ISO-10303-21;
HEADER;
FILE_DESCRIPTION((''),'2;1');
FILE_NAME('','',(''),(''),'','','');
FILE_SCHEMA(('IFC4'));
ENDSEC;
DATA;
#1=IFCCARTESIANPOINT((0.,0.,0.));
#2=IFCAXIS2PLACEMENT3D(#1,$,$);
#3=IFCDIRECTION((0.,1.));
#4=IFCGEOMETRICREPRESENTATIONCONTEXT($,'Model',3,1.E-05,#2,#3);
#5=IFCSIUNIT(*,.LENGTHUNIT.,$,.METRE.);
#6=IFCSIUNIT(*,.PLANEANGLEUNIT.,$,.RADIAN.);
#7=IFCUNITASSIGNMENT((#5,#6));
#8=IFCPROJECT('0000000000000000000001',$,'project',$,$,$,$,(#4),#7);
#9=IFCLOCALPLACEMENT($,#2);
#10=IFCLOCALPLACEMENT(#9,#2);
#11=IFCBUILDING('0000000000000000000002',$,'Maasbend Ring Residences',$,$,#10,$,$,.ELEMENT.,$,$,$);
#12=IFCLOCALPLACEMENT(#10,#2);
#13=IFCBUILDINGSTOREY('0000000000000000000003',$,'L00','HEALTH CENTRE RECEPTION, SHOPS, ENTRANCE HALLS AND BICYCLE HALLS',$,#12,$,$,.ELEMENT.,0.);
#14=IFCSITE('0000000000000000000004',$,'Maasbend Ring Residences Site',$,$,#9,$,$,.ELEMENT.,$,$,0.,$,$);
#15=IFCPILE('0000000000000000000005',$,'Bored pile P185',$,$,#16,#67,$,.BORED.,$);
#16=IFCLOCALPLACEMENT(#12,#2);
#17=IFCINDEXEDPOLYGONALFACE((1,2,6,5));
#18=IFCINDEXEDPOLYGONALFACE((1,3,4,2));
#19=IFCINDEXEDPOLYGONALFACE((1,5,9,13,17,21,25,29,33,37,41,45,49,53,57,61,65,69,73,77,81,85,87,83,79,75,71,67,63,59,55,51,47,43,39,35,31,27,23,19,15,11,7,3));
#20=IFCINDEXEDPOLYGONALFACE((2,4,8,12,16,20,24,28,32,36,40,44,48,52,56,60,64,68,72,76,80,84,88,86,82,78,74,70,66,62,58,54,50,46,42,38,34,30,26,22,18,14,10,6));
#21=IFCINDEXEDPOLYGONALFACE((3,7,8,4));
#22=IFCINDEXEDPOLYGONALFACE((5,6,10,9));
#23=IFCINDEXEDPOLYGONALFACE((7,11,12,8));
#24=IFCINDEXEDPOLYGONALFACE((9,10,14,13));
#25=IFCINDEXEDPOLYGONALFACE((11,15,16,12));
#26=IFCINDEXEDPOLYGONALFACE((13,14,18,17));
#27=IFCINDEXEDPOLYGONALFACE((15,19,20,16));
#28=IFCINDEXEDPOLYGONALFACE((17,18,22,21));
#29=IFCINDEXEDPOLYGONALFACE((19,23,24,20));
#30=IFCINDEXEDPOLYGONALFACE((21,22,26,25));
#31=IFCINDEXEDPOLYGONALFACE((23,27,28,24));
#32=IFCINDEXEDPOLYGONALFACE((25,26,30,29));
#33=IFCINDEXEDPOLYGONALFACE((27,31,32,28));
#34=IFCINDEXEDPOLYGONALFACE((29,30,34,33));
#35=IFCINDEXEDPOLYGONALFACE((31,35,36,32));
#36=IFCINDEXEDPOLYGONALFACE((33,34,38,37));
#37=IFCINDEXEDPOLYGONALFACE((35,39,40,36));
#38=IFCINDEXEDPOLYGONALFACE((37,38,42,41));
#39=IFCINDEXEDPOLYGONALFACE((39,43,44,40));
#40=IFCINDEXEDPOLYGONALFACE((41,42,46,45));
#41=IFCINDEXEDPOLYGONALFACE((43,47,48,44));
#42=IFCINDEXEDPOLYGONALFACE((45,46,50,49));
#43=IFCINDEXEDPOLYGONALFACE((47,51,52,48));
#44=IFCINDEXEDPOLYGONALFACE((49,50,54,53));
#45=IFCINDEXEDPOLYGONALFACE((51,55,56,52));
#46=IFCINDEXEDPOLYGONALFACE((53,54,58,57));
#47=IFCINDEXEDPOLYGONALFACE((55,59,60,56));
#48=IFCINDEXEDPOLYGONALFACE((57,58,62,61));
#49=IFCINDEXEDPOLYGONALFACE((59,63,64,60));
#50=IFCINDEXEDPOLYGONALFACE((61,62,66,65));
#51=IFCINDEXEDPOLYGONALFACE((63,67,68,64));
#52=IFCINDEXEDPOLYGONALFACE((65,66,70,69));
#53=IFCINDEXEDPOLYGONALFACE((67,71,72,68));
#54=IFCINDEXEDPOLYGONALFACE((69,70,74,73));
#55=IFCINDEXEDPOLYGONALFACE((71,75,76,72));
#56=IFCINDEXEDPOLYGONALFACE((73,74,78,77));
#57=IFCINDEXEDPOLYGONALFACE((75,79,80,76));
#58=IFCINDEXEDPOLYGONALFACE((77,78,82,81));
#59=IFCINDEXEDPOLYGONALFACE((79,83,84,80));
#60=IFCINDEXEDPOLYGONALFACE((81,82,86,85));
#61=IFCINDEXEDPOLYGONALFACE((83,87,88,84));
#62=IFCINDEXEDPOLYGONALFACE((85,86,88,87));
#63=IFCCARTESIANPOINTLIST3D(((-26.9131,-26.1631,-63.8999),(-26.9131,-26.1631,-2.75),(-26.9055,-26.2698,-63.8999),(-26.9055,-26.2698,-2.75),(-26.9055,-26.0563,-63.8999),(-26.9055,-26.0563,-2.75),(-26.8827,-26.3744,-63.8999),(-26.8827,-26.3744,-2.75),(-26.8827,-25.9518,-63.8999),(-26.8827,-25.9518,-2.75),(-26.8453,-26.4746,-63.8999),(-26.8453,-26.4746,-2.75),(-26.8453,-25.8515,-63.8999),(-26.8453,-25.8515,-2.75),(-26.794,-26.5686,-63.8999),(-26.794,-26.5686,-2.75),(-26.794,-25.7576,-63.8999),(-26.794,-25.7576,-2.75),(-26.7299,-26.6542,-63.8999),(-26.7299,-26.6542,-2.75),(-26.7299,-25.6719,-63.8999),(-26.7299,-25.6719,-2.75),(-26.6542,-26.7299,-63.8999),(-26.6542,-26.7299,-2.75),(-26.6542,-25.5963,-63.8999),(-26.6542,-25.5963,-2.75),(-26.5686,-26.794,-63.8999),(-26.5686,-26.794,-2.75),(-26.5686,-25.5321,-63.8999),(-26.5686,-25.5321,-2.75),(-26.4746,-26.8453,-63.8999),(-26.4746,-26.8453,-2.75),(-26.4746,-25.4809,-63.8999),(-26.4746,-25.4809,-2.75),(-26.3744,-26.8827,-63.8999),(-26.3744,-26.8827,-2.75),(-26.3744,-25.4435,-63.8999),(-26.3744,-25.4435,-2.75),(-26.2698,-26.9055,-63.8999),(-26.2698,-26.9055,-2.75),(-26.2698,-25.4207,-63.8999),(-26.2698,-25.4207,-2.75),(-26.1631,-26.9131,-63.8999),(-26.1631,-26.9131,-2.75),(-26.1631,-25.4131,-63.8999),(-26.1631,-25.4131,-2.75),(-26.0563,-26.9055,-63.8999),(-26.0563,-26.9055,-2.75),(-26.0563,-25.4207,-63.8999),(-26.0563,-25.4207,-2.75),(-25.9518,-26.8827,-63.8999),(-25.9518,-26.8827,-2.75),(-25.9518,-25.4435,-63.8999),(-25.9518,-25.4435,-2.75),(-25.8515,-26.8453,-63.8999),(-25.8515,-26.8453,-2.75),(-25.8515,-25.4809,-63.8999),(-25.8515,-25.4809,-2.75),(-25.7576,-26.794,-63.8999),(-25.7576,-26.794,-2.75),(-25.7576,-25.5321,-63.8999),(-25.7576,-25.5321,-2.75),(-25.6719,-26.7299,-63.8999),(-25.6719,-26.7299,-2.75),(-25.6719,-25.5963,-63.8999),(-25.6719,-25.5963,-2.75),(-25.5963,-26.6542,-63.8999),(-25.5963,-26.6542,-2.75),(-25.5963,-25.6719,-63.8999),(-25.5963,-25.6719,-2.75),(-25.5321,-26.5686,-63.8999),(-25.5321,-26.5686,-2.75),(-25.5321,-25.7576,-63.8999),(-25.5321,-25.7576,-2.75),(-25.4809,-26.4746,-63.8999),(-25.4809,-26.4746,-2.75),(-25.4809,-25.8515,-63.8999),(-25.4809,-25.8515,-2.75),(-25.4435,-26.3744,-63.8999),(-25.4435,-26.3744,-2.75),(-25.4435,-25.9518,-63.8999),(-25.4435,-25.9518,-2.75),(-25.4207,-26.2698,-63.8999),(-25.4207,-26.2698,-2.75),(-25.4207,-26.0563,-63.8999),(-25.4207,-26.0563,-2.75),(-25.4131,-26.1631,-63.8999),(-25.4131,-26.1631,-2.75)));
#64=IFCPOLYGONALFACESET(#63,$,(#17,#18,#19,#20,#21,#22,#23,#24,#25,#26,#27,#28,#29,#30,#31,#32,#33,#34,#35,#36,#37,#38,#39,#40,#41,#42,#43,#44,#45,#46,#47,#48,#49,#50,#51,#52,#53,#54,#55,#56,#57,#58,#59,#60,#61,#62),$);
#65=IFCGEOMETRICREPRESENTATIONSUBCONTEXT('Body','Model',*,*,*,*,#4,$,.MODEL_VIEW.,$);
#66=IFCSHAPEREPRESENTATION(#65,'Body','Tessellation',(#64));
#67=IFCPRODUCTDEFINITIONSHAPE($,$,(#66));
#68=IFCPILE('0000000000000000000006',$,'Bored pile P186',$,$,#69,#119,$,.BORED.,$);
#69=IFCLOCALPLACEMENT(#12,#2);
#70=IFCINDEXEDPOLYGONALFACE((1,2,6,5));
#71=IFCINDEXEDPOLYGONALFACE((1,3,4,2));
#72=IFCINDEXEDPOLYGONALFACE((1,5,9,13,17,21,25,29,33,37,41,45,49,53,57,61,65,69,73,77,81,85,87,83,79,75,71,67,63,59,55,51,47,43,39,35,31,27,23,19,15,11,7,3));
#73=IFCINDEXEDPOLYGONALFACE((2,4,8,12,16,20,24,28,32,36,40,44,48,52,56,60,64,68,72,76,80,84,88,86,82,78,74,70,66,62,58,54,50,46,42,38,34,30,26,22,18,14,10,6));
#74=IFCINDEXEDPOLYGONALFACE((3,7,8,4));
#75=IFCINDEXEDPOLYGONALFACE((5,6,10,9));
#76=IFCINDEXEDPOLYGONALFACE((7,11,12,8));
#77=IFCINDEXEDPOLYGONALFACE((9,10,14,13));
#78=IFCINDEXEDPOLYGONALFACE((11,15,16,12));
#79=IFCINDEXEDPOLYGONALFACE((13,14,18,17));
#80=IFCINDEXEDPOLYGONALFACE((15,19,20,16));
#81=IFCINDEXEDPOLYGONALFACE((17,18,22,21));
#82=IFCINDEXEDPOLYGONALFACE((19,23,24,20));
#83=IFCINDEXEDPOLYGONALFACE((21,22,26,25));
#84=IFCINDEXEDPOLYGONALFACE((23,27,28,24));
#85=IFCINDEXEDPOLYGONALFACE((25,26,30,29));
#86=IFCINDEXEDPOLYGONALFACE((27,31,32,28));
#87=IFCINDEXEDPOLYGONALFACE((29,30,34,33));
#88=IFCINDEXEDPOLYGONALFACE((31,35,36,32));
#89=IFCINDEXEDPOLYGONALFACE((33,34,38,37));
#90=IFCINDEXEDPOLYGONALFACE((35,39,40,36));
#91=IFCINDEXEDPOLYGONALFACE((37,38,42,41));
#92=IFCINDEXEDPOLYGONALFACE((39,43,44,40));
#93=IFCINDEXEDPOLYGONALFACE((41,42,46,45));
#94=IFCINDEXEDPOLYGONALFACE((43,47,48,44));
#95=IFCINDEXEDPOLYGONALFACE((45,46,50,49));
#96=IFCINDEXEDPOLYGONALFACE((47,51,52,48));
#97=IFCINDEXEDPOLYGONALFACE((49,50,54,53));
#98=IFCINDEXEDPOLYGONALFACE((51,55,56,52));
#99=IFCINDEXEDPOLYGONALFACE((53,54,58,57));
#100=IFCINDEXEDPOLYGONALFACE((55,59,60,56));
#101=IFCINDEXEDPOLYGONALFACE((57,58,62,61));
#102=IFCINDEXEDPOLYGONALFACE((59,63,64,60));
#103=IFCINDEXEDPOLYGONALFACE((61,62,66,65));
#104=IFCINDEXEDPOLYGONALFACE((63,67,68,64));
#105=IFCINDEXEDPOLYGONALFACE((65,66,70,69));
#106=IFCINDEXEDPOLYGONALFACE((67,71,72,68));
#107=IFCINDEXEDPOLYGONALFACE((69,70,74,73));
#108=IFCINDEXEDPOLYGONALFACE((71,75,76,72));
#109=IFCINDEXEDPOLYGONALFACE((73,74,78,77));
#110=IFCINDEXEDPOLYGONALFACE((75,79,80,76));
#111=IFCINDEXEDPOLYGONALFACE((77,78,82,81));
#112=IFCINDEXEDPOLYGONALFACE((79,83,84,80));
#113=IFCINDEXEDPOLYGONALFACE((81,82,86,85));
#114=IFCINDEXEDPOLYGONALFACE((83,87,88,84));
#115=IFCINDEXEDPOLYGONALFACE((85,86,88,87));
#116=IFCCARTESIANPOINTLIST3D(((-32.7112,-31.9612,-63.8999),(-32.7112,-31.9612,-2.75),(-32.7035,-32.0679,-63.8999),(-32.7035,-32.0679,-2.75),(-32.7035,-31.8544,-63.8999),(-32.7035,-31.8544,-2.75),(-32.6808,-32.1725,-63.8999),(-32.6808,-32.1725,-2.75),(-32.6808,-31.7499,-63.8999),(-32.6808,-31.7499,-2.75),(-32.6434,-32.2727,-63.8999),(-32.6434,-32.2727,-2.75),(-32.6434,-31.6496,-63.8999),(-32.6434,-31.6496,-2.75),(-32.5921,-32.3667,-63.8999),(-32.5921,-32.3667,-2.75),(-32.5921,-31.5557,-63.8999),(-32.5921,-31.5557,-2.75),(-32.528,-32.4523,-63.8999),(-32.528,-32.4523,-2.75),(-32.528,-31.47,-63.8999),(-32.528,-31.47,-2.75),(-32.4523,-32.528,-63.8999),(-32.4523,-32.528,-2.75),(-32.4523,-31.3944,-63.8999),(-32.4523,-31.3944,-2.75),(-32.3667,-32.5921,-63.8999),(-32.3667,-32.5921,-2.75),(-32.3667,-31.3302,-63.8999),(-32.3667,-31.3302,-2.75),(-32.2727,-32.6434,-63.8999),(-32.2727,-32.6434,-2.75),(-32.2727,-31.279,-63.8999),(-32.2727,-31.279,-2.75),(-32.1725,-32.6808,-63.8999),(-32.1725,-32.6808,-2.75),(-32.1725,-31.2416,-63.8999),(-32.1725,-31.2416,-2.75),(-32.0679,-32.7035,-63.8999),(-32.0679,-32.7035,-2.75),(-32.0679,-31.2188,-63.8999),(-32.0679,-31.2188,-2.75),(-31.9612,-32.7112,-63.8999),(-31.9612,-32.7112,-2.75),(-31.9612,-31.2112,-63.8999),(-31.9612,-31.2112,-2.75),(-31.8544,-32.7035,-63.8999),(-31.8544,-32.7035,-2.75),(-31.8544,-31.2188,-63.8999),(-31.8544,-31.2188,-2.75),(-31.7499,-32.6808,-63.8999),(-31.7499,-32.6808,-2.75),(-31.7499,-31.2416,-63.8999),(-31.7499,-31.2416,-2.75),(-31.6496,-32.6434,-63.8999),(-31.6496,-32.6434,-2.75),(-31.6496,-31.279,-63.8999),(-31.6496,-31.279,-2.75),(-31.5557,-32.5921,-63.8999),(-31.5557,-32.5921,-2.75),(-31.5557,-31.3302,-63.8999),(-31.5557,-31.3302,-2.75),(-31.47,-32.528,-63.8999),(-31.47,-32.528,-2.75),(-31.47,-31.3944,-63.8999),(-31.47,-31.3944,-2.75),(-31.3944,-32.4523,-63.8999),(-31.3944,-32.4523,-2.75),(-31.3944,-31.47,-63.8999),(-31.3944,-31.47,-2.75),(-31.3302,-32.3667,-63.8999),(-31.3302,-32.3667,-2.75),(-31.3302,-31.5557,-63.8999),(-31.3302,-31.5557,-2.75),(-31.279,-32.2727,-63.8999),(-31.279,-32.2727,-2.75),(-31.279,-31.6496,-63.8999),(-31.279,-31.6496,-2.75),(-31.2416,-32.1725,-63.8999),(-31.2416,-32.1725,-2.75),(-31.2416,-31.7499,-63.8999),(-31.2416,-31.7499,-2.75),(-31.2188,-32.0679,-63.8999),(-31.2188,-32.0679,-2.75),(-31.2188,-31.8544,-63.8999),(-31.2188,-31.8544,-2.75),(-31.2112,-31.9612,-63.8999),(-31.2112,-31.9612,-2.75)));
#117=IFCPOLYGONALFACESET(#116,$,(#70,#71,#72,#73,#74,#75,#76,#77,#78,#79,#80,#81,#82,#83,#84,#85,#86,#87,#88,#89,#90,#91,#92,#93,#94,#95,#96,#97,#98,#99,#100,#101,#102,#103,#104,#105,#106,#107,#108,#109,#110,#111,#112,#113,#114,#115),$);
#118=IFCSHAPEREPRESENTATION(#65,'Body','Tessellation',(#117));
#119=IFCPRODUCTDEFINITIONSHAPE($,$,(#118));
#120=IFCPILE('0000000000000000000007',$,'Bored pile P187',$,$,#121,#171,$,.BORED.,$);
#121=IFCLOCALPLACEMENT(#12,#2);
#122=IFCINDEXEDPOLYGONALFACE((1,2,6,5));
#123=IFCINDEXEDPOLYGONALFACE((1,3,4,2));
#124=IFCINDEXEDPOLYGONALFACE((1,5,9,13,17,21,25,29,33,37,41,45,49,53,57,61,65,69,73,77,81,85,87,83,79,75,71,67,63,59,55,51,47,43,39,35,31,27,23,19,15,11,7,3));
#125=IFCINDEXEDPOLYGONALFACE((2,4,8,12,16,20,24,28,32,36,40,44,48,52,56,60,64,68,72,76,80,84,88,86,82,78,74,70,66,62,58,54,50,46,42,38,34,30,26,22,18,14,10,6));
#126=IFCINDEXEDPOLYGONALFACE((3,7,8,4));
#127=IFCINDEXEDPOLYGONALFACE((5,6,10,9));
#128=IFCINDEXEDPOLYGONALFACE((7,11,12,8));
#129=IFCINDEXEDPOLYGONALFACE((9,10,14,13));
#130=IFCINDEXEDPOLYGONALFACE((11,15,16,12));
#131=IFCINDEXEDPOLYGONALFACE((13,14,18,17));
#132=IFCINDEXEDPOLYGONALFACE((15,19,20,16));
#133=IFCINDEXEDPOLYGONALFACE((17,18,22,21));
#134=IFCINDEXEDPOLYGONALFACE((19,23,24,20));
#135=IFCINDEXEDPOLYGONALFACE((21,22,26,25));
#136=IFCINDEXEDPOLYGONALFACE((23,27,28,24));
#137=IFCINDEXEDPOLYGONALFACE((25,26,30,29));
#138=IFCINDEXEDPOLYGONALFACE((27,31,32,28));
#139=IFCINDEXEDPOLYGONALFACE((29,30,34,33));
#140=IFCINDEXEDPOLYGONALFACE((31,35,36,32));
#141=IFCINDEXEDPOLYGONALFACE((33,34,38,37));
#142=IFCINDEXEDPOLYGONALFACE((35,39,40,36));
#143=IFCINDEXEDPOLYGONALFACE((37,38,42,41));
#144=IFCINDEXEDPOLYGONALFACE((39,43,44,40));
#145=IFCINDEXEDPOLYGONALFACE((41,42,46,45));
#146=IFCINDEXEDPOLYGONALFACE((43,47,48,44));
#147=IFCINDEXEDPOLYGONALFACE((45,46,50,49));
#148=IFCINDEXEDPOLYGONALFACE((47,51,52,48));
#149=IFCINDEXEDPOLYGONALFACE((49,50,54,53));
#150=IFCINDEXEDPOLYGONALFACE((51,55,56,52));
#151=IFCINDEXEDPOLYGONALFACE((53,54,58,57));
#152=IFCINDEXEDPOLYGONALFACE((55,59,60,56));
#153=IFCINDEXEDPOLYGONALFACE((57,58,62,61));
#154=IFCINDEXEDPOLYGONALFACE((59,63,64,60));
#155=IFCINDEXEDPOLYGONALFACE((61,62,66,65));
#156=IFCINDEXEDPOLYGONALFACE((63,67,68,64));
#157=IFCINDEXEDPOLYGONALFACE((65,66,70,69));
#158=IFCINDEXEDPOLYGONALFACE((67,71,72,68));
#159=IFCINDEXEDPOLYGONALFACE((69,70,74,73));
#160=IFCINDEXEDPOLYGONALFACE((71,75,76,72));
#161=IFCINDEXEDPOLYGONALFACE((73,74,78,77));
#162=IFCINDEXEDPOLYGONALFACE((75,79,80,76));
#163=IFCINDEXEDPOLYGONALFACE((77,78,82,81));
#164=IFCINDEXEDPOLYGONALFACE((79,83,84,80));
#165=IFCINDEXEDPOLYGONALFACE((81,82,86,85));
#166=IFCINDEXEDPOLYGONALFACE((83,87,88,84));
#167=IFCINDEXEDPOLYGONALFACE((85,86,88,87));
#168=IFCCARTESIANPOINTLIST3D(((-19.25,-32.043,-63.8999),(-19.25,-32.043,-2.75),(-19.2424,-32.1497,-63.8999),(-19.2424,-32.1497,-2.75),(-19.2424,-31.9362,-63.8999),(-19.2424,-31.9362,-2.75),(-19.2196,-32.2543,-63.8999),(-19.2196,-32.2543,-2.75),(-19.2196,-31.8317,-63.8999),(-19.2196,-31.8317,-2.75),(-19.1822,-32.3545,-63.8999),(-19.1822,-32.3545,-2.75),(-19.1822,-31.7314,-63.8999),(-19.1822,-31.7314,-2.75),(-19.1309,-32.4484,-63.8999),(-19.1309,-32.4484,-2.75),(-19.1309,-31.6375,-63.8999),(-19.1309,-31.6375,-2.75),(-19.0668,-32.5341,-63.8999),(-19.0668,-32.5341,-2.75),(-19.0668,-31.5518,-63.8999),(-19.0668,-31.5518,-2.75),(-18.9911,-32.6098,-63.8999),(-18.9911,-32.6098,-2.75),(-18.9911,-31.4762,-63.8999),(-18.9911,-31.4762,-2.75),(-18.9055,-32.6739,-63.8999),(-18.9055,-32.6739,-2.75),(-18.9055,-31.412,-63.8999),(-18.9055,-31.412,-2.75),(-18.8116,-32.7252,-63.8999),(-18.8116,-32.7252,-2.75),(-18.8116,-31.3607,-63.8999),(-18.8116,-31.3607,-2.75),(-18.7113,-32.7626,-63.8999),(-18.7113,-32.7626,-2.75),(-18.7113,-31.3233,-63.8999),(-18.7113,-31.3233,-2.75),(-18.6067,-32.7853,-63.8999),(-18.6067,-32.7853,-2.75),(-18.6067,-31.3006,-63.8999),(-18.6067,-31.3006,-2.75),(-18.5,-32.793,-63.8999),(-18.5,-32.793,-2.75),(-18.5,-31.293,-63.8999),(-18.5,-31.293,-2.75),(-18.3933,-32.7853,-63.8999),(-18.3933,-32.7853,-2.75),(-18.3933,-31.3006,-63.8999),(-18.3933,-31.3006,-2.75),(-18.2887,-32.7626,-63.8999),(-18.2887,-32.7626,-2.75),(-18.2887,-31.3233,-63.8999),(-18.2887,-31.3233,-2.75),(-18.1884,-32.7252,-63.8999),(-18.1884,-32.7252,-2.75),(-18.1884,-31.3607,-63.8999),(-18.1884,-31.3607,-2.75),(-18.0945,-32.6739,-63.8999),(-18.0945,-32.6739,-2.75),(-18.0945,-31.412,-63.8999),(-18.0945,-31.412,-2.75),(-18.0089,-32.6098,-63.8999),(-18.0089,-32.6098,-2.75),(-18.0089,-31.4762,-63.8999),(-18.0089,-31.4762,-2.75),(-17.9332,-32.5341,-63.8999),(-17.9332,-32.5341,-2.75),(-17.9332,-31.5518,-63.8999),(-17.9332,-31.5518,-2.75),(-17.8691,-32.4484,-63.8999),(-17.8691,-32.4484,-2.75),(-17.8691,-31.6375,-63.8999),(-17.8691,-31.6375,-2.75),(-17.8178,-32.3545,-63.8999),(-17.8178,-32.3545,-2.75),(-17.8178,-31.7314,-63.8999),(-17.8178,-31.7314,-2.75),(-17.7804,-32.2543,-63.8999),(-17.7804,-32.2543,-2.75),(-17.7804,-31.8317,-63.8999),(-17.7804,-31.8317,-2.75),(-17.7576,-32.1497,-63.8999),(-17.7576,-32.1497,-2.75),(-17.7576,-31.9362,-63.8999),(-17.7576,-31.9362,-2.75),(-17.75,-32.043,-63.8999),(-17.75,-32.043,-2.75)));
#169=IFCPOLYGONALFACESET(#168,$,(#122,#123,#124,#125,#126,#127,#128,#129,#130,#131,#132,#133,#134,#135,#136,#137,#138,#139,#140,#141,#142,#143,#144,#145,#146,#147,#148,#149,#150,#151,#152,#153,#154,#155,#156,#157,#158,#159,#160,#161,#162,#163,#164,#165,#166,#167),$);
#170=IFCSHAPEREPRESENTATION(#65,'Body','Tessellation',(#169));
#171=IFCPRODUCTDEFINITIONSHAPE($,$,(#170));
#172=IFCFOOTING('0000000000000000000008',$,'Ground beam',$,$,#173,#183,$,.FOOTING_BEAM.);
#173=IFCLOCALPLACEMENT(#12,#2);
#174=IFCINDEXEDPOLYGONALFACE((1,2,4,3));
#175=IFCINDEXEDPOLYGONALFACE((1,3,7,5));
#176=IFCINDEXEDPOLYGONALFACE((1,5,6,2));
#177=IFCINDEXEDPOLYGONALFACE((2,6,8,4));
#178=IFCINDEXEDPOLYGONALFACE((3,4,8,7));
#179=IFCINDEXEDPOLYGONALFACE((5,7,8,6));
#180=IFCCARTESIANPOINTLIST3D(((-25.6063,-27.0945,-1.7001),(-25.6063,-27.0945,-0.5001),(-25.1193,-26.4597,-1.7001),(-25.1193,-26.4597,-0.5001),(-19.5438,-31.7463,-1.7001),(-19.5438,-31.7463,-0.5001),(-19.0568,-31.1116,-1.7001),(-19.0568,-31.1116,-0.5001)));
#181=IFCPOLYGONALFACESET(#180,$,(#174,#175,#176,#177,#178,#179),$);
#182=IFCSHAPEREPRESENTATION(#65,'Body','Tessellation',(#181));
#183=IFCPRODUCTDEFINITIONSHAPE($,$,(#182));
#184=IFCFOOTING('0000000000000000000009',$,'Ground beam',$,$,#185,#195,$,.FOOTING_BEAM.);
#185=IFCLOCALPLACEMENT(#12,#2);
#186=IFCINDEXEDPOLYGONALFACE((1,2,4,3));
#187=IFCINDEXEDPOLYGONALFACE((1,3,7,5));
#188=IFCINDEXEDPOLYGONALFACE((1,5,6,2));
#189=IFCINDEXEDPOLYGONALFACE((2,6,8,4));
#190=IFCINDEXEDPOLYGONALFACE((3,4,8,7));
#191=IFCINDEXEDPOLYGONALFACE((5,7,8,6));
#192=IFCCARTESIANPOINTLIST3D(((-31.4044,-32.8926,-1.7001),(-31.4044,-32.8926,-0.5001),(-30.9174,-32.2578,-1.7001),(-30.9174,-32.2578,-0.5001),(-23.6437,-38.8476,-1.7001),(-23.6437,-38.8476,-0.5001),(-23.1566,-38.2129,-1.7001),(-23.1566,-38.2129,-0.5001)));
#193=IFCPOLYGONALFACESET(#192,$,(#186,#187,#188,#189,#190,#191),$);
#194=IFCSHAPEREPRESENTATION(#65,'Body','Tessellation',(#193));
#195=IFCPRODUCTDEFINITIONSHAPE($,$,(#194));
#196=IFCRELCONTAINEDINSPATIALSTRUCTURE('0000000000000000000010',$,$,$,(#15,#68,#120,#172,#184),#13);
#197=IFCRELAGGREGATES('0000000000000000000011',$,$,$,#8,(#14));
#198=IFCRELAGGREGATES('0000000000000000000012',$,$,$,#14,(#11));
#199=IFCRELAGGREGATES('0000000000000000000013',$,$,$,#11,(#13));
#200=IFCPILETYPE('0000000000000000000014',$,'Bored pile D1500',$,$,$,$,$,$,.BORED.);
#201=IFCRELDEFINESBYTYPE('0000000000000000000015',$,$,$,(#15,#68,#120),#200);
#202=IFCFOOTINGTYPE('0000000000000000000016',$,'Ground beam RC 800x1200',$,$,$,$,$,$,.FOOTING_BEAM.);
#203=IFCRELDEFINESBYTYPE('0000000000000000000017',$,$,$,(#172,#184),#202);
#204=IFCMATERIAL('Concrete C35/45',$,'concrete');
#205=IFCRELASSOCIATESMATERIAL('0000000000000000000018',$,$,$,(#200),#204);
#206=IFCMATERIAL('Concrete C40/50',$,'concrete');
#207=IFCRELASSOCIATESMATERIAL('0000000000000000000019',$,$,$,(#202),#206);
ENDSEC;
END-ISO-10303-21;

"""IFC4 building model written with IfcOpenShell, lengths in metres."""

from ifc_helpers import new_model, si_unit, direction, frame, origin, origin_2d, place, context, subcontext, project, spatial, rectangle, circle, extrude, material, material_profile, profile_set, type_object, element, save


model = new_model("IFC4")

# Units and contexts
model_context = context("Model", 3, precision=1e-05, world=origin(), true_north=direction((0.0, 1.0)))
body_context = subcontext(model_context, "Body", "Model", "MODEL_VIEW")
ifc_project = project(units=[si_unit("LENGTHUNIT", "METRE"), si_unit("PLANEANGLEUNIT", "RADIAN")], contexts=[model_context])

# Site, building, storey
site_placement = place(None, origin())
site = spatial("IfcSite", under=ifc_project, at=site_placement, Name="Maasbend Ring Residences Site", CompositionType="ELEMENT", RefElevation=0.0)
building_placement = place(site_placement, origin())
building = spatial("IfcBuilding", under=site, at=building_placement, Name="Maasbend Ring Residences", CompositionType="ELEMENT")
storey_placement = place(building_placement, origin())
storey = spatial("IfcBuildingStorey", under=building, at=storey_placement, Name="L00", Description="HEALTH CENTRE RECEPTION, SHOPS, ENTRANCE HALLS AND BICYCLE HALLS", CompositionType="ELEMENT", Elevation=0.0)

# Piles
ifc_material_1 = material(Name="Concrete C35/45", Category="concrete")
ifc_material_profile_1 = material_profile(ifc_material_1, circle(Radius=0.75, at=origin_2d()), Name="Bored pile D1500")
ifc_profile_set_1 = profile_set([ifc_material_profile_1], Name="Concrete C35/45")
pile_type = type_object("IfcPileType", Name="Bored pile D1500", PredefinedType="BORED", material=ifc_profile_set_1)
for number, where, z_axis, x_axis, name in (
    (1, (-26.1631, -26.1631, -2.75), (0.0, 0.0, -1.0), (1.0, 0.0, 0.0), "Bored pile P185"),
    (2, (-31.9612, -31.9612, -2.75), (0.0, 0.0, -1.0), (1.0, 0.0, 0.0), "Bored pile P186"),
    (3, (-18.5, -32.043, -2.75), (0.0, 0.0, -1.0), (1.0, 0.0, 0.0), "Bored pile P187"),
):
    element("IfcPile", number, at=place(storey_placement, frame(where, z_axis=z_axis, x_axis=x_axis)), inside=storey, type_object=pile_type, Name=name, PredefinedType="BORED", context=body_context, shape_type="SweptSolid", body=[
        extrude(circle(Radius=0.75, at=origin_2d()), origin(), (0.0, 0.0, 1.0), 61.1499),
    ])

# Footings
ifc_material_2 = material(Name="Concrete C40/50", Category="concrete")
ifc_material_profile_2 = material_profile(ifc_material_2, rectangle(XDim=0.8, YDim=1.2, at=origin_2d()), Name="Ground beam RC 800x1200")
ifc_profile_set_2 = profile_set([ifc_material_profile_2], Name="Concrete C40/50")
footing_type = type_object("IfcFootingType", Name="Ground beam RC 800x1200", PredefinedType="FOOTING_BEAM", material=ifc_profile_set_2)
footing_1_placement = place(storey_placement, frame((-25.3628, -26.7771, -1.1001), z_axis=(0.793357, -0.608756, 0.0), x_axis=(0.608756, 0.793357, 0.0)))
element("IfcFooting", 4, at=footing_1_placement, inside=storey, type_object=footing_type, Name="Ground beam", PredefinedType="FOOTING_BEAM", context=body_context, shape_type="SweptSolid", body=[
    extrude(rectangle(XDim=0.8, YDim=1.2, at=origin_2d()), origin(), (0.0, 0.0, 1.0), 7.6416),
])
footing_2_placement = place(storey_placement, frame((-31.1609, -32.5752, -1.1001), z_axis=(0.793351, -0.608765, 0.0), x_axis=(0.608765, 0.793351, 0.0)))
element("IfcFooting", 5, at=footing_2_placement, inside=storey, type_object=footing_type, Name="Ground beam", PredefinedType="FOOTING_BEAM", context=body_context, shape_type="SweptSolid", body=[
    extrude(rectangle(XDim=0.8, YDim=1.2, at=origin_2d()), origin(), (0.0, 0.0, 1.0), 9.7822),
])

save(model, "model.ifc")
